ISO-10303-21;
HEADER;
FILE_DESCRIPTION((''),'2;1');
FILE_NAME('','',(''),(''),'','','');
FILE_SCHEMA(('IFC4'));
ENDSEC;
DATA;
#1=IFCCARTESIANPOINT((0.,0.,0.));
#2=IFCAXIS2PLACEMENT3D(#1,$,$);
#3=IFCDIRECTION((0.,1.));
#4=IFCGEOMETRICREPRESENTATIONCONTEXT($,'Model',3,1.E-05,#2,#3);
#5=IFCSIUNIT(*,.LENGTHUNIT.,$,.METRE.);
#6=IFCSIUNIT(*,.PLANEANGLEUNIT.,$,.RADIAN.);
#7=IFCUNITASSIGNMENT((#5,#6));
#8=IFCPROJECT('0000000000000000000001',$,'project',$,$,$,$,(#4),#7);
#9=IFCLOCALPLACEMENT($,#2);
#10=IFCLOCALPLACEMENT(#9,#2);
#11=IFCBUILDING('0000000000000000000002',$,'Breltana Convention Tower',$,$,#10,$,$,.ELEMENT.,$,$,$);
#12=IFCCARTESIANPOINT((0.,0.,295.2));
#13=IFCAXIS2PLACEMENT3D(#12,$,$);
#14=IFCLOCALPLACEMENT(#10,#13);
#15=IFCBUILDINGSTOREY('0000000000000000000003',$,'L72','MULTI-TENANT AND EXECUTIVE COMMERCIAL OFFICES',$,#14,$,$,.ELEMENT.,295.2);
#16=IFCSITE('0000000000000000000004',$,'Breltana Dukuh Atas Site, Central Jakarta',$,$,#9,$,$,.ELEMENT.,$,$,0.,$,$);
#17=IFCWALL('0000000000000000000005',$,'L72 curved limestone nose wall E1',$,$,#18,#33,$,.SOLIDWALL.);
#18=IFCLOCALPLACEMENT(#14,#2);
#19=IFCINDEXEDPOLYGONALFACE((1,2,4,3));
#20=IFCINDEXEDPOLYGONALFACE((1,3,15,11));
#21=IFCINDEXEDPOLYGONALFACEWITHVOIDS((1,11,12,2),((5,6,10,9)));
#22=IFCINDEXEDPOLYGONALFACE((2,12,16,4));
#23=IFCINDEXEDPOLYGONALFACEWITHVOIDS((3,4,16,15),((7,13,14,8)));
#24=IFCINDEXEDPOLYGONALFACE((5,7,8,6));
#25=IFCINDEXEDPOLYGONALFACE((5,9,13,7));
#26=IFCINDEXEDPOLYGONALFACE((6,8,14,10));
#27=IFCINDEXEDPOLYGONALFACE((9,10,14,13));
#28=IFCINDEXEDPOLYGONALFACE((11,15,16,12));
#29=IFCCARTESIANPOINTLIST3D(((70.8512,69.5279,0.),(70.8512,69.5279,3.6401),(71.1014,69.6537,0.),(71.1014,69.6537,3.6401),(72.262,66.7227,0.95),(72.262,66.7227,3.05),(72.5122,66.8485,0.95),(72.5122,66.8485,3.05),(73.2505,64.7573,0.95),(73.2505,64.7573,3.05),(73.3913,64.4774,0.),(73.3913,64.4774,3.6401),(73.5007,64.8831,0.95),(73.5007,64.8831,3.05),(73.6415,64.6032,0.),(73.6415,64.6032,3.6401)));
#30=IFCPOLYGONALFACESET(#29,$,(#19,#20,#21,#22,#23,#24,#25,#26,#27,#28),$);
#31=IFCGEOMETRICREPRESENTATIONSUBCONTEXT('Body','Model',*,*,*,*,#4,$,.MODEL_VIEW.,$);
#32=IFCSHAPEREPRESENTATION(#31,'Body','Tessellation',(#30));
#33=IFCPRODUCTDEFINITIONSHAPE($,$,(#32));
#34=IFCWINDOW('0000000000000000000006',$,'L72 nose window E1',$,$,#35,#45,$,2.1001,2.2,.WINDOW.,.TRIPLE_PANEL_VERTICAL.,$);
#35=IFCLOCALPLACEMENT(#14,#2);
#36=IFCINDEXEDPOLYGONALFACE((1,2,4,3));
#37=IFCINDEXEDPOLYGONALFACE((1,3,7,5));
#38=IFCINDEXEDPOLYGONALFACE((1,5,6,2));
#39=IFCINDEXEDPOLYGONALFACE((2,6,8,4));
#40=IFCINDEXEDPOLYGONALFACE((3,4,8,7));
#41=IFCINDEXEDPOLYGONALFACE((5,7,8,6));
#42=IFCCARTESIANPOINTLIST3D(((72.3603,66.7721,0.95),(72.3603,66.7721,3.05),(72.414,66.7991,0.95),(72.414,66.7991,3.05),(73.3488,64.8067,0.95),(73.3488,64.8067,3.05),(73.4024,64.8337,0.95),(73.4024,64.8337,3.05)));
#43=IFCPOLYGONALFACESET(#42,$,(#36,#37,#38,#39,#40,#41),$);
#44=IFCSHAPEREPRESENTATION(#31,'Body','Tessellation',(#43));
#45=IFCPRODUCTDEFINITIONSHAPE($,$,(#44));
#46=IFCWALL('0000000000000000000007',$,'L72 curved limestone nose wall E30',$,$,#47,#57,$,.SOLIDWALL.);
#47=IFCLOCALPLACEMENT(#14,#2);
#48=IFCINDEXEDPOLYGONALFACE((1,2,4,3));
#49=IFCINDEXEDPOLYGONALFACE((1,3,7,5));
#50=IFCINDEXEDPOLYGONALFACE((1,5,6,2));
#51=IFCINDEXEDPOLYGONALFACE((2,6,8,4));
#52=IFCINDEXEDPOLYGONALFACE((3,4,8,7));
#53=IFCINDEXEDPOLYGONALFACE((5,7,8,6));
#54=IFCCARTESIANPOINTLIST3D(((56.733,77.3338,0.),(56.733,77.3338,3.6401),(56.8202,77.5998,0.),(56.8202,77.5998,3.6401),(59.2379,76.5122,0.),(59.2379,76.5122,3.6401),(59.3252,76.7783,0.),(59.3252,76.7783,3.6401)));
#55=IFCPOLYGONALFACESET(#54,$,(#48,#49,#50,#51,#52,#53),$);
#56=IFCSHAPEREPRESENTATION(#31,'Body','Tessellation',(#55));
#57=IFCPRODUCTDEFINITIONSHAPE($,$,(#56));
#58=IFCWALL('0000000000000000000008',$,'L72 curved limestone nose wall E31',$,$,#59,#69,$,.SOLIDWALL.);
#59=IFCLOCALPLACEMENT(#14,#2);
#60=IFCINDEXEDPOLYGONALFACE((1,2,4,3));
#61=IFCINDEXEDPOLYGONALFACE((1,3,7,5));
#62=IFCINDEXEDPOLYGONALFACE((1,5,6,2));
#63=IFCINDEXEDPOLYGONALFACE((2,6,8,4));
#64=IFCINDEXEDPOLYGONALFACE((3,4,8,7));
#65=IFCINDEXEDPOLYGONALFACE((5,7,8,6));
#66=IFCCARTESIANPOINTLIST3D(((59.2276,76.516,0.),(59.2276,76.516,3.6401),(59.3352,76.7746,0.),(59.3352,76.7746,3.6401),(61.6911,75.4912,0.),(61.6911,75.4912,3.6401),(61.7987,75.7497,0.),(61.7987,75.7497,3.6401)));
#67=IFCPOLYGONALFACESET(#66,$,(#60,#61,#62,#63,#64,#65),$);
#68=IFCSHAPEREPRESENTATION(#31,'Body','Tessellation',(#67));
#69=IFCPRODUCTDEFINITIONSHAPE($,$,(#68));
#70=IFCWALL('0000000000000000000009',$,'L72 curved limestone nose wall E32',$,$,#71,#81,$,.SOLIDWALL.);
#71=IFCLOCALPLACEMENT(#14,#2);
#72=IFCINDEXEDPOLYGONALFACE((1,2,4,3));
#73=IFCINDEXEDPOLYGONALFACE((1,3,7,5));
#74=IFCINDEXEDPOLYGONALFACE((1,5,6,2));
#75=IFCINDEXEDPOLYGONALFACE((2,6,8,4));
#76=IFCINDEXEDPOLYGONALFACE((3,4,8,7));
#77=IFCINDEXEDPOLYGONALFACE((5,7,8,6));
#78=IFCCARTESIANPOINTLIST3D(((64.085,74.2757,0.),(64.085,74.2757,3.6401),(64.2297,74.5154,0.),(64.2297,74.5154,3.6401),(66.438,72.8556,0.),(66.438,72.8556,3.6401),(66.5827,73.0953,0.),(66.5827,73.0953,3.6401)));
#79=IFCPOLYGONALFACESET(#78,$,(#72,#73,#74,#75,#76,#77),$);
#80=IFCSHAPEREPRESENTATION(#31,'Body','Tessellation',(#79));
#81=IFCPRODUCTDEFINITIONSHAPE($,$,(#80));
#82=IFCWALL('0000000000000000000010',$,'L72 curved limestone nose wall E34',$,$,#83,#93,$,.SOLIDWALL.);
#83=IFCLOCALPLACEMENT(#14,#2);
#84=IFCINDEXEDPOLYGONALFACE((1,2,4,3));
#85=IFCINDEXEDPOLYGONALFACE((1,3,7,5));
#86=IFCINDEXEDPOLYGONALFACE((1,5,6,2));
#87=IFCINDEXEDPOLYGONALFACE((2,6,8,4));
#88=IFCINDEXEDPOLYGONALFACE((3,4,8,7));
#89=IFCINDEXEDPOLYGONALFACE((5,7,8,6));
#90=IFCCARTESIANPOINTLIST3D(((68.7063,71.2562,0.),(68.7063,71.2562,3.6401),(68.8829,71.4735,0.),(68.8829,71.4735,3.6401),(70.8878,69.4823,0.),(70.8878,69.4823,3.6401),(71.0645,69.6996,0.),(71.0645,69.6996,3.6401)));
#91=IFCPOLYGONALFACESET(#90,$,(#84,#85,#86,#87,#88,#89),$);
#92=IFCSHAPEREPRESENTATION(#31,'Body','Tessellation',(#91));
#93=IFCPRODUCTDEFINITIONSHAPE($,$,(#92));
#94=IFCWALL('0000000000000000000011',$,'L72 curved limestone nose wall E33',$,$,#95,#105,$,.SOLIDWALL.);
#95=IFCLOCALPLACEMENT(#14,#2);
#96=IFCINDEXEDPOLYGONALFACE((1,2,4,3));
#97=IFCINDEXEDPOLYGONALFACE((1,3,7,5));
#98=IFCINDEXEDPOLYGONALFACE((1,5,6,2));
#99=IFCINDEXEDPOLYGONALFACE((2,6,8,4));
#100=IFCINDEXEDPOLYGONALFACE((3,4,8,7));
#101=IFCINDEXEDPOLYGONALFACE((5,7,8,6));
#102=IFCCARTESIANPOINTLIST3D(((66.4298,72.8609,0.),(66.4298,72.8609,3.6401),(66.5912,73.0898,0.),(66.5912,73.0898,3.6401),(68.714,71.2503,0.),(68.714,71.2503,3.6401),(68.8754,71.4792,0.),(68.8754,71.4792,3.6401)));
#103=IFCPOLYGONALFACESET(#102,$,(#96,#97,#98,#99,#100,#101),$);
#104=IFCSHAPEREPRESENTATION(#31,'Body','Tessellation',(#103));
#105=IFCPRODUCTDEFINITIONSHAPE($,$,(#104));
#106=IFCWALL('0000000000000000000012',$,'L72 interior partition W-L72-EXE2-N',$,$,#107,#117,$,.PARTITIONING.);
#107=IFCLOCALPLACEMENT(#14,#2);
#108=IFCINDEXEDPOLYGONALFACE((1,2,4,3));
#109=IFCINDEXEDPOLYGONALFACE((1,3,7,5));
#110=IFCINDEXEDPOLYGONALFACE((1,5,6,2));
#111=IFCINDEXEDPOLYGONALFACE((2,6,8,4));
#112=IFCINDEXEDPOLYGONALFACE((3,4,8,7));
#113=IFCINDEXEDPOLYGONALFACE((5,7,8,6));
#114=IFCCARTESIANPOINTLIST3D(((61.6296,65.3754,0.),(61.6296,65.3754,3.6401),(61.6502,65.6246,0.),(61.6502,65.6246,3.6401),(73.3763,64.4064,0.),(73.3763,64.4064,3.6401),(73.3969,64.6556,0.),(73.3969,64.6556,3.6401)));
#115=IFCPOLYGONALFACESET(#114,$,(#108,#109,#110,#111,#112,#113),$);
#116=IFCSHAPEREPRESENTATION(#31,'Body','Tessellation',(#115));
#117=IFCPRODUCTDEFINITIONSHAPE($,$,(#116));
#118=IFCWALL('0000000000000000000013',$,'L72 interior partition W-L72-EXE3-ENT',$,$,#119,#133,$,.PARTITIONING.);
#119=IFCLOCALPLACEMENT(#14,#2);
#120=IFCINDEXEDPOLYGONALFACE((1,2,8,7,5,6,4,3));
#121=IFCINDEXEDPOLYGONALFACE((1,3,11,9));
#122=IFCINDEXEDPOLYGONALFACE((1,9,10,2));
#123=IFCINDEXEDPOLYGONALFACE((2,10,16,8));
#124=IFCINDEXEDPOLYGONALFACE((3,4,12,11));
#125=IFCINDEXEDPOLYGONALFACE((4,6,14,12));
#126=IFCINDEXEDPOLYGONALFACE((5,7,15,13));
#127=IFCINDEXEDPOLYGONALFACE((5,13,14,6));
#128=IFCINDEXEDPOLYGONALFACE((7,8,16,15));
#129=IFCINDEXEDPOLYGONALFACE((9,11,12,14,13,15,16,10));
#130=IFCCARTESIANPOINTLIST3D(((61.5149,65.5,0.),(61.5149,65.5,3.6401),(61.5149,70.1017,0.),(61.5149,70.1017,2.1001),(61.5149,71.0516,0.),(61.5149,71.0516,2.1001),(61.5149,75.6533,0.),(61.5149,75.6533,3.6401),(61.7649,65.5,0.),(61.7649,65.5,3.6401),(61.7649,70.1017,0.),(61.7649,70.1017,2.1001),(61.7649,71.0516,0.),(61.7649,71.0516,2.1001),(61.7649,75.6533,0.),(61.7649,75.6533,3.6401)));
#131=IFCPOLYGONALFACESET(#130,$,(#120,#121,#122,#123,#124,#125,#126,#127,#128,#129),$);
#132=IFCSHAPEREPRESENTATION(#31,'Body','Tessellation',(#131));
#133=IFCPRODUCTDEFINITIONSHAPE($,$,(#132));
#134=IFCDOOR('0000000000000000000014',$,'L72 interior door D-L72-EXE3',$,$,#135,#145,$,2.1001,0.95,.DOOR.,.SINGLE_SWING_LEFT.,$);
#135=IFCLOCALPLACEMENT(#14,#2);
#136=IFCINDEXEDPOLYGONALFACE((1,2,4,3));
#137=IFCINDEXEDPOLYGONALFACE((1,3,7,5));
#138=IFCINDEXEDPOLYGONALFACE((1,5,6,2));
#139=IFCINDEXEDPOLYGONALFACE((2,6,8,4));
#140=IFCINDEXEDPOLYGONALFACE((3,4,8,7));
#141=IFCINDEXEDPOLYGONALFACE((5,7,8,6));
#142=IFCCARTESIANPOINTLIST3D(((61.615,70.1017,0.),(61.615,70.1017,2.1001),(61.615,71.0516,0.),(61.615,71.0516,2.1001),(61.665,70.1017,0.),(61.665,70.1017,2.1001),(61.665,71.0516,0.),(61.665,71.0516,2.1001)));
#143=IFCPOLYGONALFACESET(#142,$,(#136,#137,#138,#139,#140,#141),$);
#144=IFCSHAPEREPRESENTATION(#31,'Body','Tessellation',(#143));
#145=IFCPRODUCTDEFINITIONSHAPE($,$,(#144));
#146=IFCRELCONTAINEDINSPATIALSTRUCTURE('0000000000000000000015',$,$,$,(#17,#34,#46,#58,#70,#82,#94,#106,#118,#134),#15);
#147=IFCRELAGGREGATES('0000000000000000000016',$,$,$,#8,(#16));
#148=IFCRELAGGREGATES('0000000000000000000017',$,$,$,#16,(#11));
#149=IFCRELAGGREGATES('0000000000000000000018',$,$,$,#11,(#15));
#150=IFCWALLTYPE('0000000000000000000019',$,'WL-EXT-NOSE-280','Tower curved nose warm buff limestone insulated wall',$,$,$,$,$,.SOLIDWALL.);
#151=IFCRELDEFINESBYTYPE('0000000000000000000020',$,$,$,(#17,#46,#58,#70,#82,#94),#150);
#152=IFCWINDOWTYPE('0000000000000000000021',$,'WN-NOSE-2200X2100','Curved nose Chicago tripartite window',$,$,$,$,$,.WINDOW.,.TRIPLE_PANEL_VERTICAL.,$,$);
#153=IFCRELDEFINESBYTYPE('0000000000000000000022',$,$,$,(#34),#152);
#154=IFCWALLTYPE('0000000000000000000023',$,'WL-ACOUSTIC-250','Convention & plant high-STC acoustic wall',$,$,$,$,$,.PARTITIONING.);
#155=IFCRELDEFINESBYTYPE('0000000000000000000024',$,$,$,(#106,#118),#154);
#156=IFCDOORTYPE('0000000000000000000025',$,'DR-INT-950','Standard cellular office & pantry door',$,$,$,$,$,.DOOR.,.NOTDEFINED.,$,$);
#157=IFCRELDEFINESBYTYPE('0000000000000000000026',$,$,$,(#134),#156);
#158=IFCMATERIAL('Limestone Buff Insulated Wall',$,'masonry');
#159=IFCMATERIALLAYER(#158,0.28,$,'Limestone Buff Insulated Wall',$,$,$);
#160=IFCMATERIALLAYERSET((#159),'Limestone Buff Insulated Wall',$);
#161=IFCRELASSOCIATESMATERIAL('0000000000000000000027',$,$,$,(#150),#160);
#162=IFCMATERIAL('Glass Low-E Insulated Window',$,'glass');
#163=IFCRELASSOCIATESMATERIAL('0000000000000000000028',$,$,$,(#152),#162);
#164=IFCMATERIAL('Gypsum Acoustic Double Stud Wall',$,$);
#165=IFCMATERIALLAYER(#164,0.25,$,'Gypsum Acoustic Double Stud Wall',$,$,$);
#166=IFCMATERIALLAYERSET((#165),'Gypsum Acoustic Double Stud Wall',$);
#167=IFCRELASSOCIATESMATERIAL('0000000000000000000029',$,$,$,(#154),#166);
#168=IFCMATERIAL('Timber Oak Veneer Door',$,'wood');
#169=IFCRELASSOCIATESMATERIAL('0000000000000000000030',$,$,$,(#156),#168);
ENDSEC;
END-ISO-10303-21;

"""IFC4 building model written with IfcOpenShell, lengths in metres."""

from ifc_helpers import new_model, si_unit, direction, frame, frame_2d, origin, place, context, subcontext, project, spatial, rectangle, extrude, source, transform, mapped, material, layer, layer_set, type_object, type_shapes, element, fill, save


model = new_model("IFC4")

# Units and contexts
model_context = context("Model", 3, precision=1e-05, world=origin(), true_north=direction((0.0, 1.0)))
body_context = subcontext(model_context, "Body", "Model", "MODEL_VIEW")
ifc_project = project(units=[si_unit("LENGTHUNIT", "METRE"), si_unit("PLANEANGLEUNIT", "RADIAN")], contexts=[model_context])

# Site, building, storey
site_placement = place(None, origin())
site = spatial("IfcSite", under=ifc_project, at=site_placement, Name="Breltana Dukuh Atas Site, Central Jakarta", CompositionType="ELEMENT", RefElevation=0.0)
building_placement = place(site_placement, origin())
building = spatial("IfcBuilding", under=site, at=building_placement, Name="Breltana Convention Tower", CompositionType="ELEMENT")
storey_placement = place(building_placement, frame((0.0, 0.0, 295.2)))
storey = spatial("IfcBuildingStorey", under=building, at=storey_placement, Name="L72", Description="MULTI-TENANT AND EXECUTIVE COMMERCIAL OFFICES", CompositionType="ELEMENT", Elevation=295.2)

# Wall, opening, window
ifc_material_1 = material(Name="Limestone Buff Insulated Wall", Category="masonry")
ifc_layer_1 = layer(ifc_material_1, 0.28, Name="Limestone Buff Insulated Wall")
ifc_layer_set_1 = layer_set([ifc_layer_1], Name="Limestone Buff Insulated Wall")
wall_type_1 = type_object("IfcWallType", Name="WL-EXT-NOSE-280", Description="Tower curved nose warm buff limestone insulated wall", PredefinedType="SOLIDWALL", material=ifc_layer_set_1)
shared_shape_1 = source(origin(), body_context, "Body", "SweptSolid", [
    extrude(rectangle(XDim=5.6533, YDim=0.28, at=frame_2d((2.8267, 0.0))), origin(), (0.0, 0.0, 1.0), 3.6401),
])
wall_1_placement = place(storey_placement, frame((70.9763, 69.5908, 0.0), z_axis=(0.0, 0.0, 1.0), x_axis=(0.449303, -0.89338, 0.0)))
wall_1 = element("IfcWall", 1, at=wall_1_placement, inside=storey, type_object=wall_type_1, Name="L72 curved limestone nose wall E1", PredefinedType="SOLIDWALL", context=body_context, shape_type="MappedRepresentation", body=[
    mapped(shared_shape_1, transform((0.0, 0.0, 0.0), scale=1.0)),
])
opening_1_placement = place(wall_1_placement, frame((3.1399, 0.0, 0.95)))
opening_1 = element("IfcOpeningElement", 2, at=opening_1_placement, cuts=wall_1, PredefinedType="OPENING", context=body_context, shape_type="SweptSolid", body=[
    extrude(rectangle(XDim=2.2, YDim=2.1001, at=frame_2d((1.1001, 1.05))), frame((0.0, 0.1499, 0.0), z_axis=(0.0, -1.0, 0.0), x_axis=(1.0, 0.0, 0.0)), (0.0, 0.0, 1.0), 0.3),
])
ifc_material_2 = material(Name="Glass Low-E Insulated Window", Category="glass")
window_type = type_object("IfcWindowType", Name="WN-NOSE-2200X2100", Description="Curved nose Chicago tripartite window", PartitioningType="TRIPLE_PANEL_VERTICAL", PredefinedType="WINDOW", material=ifc_material_2)
shared_shape_2 = source(origin(), body_context, "Body", "SweptSolid", [
    extrude(rectangle(XDim=2.2, YDim=2.1001, at=frame_2d((1.1001, 1.05))), frame((0.0, 0.03, 0.0), z_axis=(0.0, -1.0, 0.0), x_axis=(1.0, 0.0, 0.0)), (0.0, 0.0, 1.0), 0.0601),
])
type_shapes(window_type, [shared_shape_2])
window_placement = place(opening_1_placement, origin())
window = element("IfcWindow", 3, at=window_placement, inside=storey, type_object=window_type, Name="L72 nose window E1", OverallHeight=2.1001, OverallWidth=2.2, PartitioningType="TRIPLE_PANEL_VERTICAL", PredefinedType="WINDOW", context=body_context, shape_type="MappedRepresentation", body=[
    mapped(shared_shape_2, transform((0.0, 0.0, 0.0), scale=1.0)),
])
fill(opening_1, window)

# Walls
shared_shape_3 = source(origin(), body_context, "Body", "SweptSolid", [
    extrude(rectangle(XDim=2.6362, YDim=0.28, at=frame_2d((1.3181, 0.0))), origin(), (0.0, 0.0, 1.0), 3.6401),
])
wall_2_placement = place(storey_placement, frame((56.7766, 77.4668, 0.0), z_axis=(0.0, 0.0, 1.0), x_axis=(0.9502, -0.31164, 0.0)))
element("IfcWall", 4, at=wall_2_placement, inside=storey, type_object=wall_type_1, Name="L72 curved limestone nose wall E30", PredefinedType="SOLIDWALL", context=body_context, shape_type="MappedRepresentation", body=[
    mapped(shared_shape_3, transform((0.0, 0.0, 0.0), scale=1.0)),
])
shared_shape_4 = source(origin(), body_context, "Body", "SweptSolid", [
    extrude(rectangle(XDim=2.6682, YDim=0.28, at=frame_2d((1.334, 0.0))), origin(), (0.0, 0.0, 1.0), 3.6401),
])
wall_3_placement = place(storey_placement, frame((59.2815, 76.6453, 0.0), z_axis=(0.0, 0.0, 1.0), x_axis=(0.923291, -0.384102, 0.0)))
element("IfcWall", 5, at=wall_3_placement, inside=storey, type_object=wall_type_1, Name="L72 curved limestone nose wall E31", PredefinedType="SOLIDWALL", context=body_context, shape_type="MappedRepresentation", body=[
    mapped(shared_shape_4, transform((0.0, 0.0, 0.0), scale=1.0)),
])
shared_shape_5 = source(origin(), body_context, "Body", "SweptSolid", [
    extrude(rectangle(XDim=2.7483, YDim=0.28, at=frame_2d((1.374, 0.0))), origin(), (0.0, 0.0, 1.0), 3.6401),
])
wall_4_placement = place(storey_placement, frame((64.1575, 74.3955, 0.0), z_axis=(0.0, 0.0, 1.0), x_axis=(0.85615, -0.516728, 0.0)))
element("IfcWall", 6, at=wall_4_placement, inside=storey, type_object=wall_type_1, Name="L72 curved limestone nose wall E32", PredefinedType="SOLIDWALL", context=body_context, shape_type="MappedRepresentation", body=[
    mapped(shared_shape_5, transform((0.0, 0.0, 0.0), scale=1.0)),
])
shared_shape_6 = source(origin(), body_context, "Body", "SweptSolid", [
    extrude(rectangle(XDim=2.8118, YDim=0.28, at=frame_2d((1.4058, 0.0))), origin(), (0.0, 0.0, 1.0), 3.6401),
])
wall_5_placement = place(storey_placement, frame((68.7947, 71.3647, 0.0), z_axis=(0.0, 0.0, 1.0), x_axis=(0.77588, -0.63088, 0.0)))
element("IfcWall", 7, at=wall_5_placement, inside=storey, type_object=wall_type_1, Name="L72 curved limestone nose wall E34", PredefinedType="SOLIDWALL", context=body_context, shape_type="MappedRepresentation", body=[
    mapped(shared_shape_6, transform((0.0, 0.0, 0.0), scale=1.0)),
])
shared_shape_7 = source(origin(), body_context, "Body", "SweptSolid", [
    extrude(rectangle(XDim=2.7949, YDim=0.28, at=frame_2d((1.3975, 0.0))), origin(), (0.0, 0.0, 1.0), 3.6401),
])
wall_6_placement = place(storey_placement, frame((66.5105, 72.9753, 0.0), z_axis=(0.0, 0.0, 1.0), x_axis=(0.817266, -0.576261, 0.0)))
element("IfcWall", 8, at=wall_6_placement, inside=storey, type_object=wall_type_1, Name="L72 curved limestone nose wall E33", PredefinedType="SOLIDWALL", context=body_context, shape_type="MappedRepresentation", body=[
    mapped(shared_shape_7, transform((0.0, 0.0, 0.0), scale=1.0)),
])
ifc_material_3 = material(Name="Gypsum Acoustic Double Stud Wall")
ifc_layer_2 = layer(ifc_material_3, 0.25, Name="Gypsum Acoustic Double Stud Wall")
ifc_layer_set_2 = layer_set([ifc_layer_2], Name="Gypsum Acoustic Double Stud Wall")
wall_type_2 = type_object("IfcWallType", Name="WL-ACOUSTIC-250", Description="Convention & plant high-STC acoustic wall", PredefinedType="PARTITIONING", material=ifc_layer_set_2)
shared_shape_8 = source(origin(), body_context, "Body", "SweptSolid", [
    extrude(rectangle(XDim=11.7866, YDim=0.25, at=frame_2d((5.8933, 0.0))), origin(), (0.0, 0.0, 1.0), 3.6401),
])
wall_7_placement = place(storey_placement, frame((61.6399, 65.5, 0.0), z_axis=(0.0, 0.0, 1.0), x_axis=(0.996615, -0.082211, 0.0)))
element("IfcWall", 9, at=wall_7_placement, inside=storey, type_object=wall_type_2, Name="L72 interior partition W-L72-EXE2-N", PredefinedType="PARTITIONING", context=body_context, shape_type="MappedRepresentation", body=[
    mapped(shared_shape_8, transform((0.0, 0.0, 0.0), scale=1.0)),
])

# Wall, opening, door
shared_shape_9 = source(origin(), body_context, "Body", "SweptSolid", [
    extrude(rectangle(XDim=10.1533, YDim=0.25, at=frame_2d((5.0767, 0.0))), origin(), (0.0, 0.0, 1.0), 3.6401),
])
wall_8_placement = place(storey_placement, frame((61.6399, 65.5, 0.0), z_axis=(0.0, 0.0, 1.0), x_axis=(0.0, 1.0, 0.0)))
wall_8 = element("IfcWall", 10, at=wall_8_placement, inside=storey, type_object=wall_type_2, Name="L72 interior partition W-L72-EXE3-ENT", PredefinedType="PARTITIONING", context=body_context, shape_type="MappedRepresentation", body=[
    mapped(shared_shape_9, transform((0.0, 0.0, 0.0), scale=1.0)),
])
opening_2_placement = place(wall_8_placement, frame((4.6016, 0.0, 0.0)))
opening_2 = element("IfcOpeningElement", 11, at=opening_2_placement, cuts=wall_8, PredefinedType="OPENING", context=body_context, shape_type="SweptSolid", body=[
    extrude(rectangle(XDim=0.95, YDim=2.1001, at=frame_2d((0.4751, 1.05))), frame((0.0, 0.135, 0.0), z_axis=(0.0, -1.0, 0.0), x_axis=(1.0, 0.0, 0.0)), (0.0, 0.0, 1.0), 0.27),
])
ifc_material_4 = material(Name="Timber Oak Veneer Door", Category="wood")
door_type = type_object("IfcDoorType", Name="DR-INT-950", Description="Standard cellular office & pantry door", OperationType="NOTDEFINED", PredefinedType="DOOR", material=ifc_material_4)
shared_shape_10 = source(origin(), body_context, "Body", "SweptSolid", [
    extrude(rectangle(XDim=0.95, YDim=2.1001, at=frame_2d((0.4751, 1.05))), frame((0.0, 0.0249, 0.0), z_axis=(0.0, -1.0, 0.0), x_axis=(1.0, 0.0, 0.0)), (0.0, 0.0, 1.0), 0.05),
])
type_shapes(door_type, [shared_shape_10])
door_placement = place(opening_2_placement, origin())
door = element("IfcDoor", 12, at=door_placement, inside=storey, type_object=door_type, Name="L72 interior door D-L72-EXE3", OperationType="SINGLE_SWING_LEFT", OverallHeight=2.1001, OverallWidth=0.95, PredefinedType="DOOR", context=body_context, shape_type="MappedRepresentation", body=[
    mapped(shared_shape_10, transform((0.0, 0.0, 0.0), scale=1.0)),
])
fill(opening_2, door)

save(model, "model.ifc")
